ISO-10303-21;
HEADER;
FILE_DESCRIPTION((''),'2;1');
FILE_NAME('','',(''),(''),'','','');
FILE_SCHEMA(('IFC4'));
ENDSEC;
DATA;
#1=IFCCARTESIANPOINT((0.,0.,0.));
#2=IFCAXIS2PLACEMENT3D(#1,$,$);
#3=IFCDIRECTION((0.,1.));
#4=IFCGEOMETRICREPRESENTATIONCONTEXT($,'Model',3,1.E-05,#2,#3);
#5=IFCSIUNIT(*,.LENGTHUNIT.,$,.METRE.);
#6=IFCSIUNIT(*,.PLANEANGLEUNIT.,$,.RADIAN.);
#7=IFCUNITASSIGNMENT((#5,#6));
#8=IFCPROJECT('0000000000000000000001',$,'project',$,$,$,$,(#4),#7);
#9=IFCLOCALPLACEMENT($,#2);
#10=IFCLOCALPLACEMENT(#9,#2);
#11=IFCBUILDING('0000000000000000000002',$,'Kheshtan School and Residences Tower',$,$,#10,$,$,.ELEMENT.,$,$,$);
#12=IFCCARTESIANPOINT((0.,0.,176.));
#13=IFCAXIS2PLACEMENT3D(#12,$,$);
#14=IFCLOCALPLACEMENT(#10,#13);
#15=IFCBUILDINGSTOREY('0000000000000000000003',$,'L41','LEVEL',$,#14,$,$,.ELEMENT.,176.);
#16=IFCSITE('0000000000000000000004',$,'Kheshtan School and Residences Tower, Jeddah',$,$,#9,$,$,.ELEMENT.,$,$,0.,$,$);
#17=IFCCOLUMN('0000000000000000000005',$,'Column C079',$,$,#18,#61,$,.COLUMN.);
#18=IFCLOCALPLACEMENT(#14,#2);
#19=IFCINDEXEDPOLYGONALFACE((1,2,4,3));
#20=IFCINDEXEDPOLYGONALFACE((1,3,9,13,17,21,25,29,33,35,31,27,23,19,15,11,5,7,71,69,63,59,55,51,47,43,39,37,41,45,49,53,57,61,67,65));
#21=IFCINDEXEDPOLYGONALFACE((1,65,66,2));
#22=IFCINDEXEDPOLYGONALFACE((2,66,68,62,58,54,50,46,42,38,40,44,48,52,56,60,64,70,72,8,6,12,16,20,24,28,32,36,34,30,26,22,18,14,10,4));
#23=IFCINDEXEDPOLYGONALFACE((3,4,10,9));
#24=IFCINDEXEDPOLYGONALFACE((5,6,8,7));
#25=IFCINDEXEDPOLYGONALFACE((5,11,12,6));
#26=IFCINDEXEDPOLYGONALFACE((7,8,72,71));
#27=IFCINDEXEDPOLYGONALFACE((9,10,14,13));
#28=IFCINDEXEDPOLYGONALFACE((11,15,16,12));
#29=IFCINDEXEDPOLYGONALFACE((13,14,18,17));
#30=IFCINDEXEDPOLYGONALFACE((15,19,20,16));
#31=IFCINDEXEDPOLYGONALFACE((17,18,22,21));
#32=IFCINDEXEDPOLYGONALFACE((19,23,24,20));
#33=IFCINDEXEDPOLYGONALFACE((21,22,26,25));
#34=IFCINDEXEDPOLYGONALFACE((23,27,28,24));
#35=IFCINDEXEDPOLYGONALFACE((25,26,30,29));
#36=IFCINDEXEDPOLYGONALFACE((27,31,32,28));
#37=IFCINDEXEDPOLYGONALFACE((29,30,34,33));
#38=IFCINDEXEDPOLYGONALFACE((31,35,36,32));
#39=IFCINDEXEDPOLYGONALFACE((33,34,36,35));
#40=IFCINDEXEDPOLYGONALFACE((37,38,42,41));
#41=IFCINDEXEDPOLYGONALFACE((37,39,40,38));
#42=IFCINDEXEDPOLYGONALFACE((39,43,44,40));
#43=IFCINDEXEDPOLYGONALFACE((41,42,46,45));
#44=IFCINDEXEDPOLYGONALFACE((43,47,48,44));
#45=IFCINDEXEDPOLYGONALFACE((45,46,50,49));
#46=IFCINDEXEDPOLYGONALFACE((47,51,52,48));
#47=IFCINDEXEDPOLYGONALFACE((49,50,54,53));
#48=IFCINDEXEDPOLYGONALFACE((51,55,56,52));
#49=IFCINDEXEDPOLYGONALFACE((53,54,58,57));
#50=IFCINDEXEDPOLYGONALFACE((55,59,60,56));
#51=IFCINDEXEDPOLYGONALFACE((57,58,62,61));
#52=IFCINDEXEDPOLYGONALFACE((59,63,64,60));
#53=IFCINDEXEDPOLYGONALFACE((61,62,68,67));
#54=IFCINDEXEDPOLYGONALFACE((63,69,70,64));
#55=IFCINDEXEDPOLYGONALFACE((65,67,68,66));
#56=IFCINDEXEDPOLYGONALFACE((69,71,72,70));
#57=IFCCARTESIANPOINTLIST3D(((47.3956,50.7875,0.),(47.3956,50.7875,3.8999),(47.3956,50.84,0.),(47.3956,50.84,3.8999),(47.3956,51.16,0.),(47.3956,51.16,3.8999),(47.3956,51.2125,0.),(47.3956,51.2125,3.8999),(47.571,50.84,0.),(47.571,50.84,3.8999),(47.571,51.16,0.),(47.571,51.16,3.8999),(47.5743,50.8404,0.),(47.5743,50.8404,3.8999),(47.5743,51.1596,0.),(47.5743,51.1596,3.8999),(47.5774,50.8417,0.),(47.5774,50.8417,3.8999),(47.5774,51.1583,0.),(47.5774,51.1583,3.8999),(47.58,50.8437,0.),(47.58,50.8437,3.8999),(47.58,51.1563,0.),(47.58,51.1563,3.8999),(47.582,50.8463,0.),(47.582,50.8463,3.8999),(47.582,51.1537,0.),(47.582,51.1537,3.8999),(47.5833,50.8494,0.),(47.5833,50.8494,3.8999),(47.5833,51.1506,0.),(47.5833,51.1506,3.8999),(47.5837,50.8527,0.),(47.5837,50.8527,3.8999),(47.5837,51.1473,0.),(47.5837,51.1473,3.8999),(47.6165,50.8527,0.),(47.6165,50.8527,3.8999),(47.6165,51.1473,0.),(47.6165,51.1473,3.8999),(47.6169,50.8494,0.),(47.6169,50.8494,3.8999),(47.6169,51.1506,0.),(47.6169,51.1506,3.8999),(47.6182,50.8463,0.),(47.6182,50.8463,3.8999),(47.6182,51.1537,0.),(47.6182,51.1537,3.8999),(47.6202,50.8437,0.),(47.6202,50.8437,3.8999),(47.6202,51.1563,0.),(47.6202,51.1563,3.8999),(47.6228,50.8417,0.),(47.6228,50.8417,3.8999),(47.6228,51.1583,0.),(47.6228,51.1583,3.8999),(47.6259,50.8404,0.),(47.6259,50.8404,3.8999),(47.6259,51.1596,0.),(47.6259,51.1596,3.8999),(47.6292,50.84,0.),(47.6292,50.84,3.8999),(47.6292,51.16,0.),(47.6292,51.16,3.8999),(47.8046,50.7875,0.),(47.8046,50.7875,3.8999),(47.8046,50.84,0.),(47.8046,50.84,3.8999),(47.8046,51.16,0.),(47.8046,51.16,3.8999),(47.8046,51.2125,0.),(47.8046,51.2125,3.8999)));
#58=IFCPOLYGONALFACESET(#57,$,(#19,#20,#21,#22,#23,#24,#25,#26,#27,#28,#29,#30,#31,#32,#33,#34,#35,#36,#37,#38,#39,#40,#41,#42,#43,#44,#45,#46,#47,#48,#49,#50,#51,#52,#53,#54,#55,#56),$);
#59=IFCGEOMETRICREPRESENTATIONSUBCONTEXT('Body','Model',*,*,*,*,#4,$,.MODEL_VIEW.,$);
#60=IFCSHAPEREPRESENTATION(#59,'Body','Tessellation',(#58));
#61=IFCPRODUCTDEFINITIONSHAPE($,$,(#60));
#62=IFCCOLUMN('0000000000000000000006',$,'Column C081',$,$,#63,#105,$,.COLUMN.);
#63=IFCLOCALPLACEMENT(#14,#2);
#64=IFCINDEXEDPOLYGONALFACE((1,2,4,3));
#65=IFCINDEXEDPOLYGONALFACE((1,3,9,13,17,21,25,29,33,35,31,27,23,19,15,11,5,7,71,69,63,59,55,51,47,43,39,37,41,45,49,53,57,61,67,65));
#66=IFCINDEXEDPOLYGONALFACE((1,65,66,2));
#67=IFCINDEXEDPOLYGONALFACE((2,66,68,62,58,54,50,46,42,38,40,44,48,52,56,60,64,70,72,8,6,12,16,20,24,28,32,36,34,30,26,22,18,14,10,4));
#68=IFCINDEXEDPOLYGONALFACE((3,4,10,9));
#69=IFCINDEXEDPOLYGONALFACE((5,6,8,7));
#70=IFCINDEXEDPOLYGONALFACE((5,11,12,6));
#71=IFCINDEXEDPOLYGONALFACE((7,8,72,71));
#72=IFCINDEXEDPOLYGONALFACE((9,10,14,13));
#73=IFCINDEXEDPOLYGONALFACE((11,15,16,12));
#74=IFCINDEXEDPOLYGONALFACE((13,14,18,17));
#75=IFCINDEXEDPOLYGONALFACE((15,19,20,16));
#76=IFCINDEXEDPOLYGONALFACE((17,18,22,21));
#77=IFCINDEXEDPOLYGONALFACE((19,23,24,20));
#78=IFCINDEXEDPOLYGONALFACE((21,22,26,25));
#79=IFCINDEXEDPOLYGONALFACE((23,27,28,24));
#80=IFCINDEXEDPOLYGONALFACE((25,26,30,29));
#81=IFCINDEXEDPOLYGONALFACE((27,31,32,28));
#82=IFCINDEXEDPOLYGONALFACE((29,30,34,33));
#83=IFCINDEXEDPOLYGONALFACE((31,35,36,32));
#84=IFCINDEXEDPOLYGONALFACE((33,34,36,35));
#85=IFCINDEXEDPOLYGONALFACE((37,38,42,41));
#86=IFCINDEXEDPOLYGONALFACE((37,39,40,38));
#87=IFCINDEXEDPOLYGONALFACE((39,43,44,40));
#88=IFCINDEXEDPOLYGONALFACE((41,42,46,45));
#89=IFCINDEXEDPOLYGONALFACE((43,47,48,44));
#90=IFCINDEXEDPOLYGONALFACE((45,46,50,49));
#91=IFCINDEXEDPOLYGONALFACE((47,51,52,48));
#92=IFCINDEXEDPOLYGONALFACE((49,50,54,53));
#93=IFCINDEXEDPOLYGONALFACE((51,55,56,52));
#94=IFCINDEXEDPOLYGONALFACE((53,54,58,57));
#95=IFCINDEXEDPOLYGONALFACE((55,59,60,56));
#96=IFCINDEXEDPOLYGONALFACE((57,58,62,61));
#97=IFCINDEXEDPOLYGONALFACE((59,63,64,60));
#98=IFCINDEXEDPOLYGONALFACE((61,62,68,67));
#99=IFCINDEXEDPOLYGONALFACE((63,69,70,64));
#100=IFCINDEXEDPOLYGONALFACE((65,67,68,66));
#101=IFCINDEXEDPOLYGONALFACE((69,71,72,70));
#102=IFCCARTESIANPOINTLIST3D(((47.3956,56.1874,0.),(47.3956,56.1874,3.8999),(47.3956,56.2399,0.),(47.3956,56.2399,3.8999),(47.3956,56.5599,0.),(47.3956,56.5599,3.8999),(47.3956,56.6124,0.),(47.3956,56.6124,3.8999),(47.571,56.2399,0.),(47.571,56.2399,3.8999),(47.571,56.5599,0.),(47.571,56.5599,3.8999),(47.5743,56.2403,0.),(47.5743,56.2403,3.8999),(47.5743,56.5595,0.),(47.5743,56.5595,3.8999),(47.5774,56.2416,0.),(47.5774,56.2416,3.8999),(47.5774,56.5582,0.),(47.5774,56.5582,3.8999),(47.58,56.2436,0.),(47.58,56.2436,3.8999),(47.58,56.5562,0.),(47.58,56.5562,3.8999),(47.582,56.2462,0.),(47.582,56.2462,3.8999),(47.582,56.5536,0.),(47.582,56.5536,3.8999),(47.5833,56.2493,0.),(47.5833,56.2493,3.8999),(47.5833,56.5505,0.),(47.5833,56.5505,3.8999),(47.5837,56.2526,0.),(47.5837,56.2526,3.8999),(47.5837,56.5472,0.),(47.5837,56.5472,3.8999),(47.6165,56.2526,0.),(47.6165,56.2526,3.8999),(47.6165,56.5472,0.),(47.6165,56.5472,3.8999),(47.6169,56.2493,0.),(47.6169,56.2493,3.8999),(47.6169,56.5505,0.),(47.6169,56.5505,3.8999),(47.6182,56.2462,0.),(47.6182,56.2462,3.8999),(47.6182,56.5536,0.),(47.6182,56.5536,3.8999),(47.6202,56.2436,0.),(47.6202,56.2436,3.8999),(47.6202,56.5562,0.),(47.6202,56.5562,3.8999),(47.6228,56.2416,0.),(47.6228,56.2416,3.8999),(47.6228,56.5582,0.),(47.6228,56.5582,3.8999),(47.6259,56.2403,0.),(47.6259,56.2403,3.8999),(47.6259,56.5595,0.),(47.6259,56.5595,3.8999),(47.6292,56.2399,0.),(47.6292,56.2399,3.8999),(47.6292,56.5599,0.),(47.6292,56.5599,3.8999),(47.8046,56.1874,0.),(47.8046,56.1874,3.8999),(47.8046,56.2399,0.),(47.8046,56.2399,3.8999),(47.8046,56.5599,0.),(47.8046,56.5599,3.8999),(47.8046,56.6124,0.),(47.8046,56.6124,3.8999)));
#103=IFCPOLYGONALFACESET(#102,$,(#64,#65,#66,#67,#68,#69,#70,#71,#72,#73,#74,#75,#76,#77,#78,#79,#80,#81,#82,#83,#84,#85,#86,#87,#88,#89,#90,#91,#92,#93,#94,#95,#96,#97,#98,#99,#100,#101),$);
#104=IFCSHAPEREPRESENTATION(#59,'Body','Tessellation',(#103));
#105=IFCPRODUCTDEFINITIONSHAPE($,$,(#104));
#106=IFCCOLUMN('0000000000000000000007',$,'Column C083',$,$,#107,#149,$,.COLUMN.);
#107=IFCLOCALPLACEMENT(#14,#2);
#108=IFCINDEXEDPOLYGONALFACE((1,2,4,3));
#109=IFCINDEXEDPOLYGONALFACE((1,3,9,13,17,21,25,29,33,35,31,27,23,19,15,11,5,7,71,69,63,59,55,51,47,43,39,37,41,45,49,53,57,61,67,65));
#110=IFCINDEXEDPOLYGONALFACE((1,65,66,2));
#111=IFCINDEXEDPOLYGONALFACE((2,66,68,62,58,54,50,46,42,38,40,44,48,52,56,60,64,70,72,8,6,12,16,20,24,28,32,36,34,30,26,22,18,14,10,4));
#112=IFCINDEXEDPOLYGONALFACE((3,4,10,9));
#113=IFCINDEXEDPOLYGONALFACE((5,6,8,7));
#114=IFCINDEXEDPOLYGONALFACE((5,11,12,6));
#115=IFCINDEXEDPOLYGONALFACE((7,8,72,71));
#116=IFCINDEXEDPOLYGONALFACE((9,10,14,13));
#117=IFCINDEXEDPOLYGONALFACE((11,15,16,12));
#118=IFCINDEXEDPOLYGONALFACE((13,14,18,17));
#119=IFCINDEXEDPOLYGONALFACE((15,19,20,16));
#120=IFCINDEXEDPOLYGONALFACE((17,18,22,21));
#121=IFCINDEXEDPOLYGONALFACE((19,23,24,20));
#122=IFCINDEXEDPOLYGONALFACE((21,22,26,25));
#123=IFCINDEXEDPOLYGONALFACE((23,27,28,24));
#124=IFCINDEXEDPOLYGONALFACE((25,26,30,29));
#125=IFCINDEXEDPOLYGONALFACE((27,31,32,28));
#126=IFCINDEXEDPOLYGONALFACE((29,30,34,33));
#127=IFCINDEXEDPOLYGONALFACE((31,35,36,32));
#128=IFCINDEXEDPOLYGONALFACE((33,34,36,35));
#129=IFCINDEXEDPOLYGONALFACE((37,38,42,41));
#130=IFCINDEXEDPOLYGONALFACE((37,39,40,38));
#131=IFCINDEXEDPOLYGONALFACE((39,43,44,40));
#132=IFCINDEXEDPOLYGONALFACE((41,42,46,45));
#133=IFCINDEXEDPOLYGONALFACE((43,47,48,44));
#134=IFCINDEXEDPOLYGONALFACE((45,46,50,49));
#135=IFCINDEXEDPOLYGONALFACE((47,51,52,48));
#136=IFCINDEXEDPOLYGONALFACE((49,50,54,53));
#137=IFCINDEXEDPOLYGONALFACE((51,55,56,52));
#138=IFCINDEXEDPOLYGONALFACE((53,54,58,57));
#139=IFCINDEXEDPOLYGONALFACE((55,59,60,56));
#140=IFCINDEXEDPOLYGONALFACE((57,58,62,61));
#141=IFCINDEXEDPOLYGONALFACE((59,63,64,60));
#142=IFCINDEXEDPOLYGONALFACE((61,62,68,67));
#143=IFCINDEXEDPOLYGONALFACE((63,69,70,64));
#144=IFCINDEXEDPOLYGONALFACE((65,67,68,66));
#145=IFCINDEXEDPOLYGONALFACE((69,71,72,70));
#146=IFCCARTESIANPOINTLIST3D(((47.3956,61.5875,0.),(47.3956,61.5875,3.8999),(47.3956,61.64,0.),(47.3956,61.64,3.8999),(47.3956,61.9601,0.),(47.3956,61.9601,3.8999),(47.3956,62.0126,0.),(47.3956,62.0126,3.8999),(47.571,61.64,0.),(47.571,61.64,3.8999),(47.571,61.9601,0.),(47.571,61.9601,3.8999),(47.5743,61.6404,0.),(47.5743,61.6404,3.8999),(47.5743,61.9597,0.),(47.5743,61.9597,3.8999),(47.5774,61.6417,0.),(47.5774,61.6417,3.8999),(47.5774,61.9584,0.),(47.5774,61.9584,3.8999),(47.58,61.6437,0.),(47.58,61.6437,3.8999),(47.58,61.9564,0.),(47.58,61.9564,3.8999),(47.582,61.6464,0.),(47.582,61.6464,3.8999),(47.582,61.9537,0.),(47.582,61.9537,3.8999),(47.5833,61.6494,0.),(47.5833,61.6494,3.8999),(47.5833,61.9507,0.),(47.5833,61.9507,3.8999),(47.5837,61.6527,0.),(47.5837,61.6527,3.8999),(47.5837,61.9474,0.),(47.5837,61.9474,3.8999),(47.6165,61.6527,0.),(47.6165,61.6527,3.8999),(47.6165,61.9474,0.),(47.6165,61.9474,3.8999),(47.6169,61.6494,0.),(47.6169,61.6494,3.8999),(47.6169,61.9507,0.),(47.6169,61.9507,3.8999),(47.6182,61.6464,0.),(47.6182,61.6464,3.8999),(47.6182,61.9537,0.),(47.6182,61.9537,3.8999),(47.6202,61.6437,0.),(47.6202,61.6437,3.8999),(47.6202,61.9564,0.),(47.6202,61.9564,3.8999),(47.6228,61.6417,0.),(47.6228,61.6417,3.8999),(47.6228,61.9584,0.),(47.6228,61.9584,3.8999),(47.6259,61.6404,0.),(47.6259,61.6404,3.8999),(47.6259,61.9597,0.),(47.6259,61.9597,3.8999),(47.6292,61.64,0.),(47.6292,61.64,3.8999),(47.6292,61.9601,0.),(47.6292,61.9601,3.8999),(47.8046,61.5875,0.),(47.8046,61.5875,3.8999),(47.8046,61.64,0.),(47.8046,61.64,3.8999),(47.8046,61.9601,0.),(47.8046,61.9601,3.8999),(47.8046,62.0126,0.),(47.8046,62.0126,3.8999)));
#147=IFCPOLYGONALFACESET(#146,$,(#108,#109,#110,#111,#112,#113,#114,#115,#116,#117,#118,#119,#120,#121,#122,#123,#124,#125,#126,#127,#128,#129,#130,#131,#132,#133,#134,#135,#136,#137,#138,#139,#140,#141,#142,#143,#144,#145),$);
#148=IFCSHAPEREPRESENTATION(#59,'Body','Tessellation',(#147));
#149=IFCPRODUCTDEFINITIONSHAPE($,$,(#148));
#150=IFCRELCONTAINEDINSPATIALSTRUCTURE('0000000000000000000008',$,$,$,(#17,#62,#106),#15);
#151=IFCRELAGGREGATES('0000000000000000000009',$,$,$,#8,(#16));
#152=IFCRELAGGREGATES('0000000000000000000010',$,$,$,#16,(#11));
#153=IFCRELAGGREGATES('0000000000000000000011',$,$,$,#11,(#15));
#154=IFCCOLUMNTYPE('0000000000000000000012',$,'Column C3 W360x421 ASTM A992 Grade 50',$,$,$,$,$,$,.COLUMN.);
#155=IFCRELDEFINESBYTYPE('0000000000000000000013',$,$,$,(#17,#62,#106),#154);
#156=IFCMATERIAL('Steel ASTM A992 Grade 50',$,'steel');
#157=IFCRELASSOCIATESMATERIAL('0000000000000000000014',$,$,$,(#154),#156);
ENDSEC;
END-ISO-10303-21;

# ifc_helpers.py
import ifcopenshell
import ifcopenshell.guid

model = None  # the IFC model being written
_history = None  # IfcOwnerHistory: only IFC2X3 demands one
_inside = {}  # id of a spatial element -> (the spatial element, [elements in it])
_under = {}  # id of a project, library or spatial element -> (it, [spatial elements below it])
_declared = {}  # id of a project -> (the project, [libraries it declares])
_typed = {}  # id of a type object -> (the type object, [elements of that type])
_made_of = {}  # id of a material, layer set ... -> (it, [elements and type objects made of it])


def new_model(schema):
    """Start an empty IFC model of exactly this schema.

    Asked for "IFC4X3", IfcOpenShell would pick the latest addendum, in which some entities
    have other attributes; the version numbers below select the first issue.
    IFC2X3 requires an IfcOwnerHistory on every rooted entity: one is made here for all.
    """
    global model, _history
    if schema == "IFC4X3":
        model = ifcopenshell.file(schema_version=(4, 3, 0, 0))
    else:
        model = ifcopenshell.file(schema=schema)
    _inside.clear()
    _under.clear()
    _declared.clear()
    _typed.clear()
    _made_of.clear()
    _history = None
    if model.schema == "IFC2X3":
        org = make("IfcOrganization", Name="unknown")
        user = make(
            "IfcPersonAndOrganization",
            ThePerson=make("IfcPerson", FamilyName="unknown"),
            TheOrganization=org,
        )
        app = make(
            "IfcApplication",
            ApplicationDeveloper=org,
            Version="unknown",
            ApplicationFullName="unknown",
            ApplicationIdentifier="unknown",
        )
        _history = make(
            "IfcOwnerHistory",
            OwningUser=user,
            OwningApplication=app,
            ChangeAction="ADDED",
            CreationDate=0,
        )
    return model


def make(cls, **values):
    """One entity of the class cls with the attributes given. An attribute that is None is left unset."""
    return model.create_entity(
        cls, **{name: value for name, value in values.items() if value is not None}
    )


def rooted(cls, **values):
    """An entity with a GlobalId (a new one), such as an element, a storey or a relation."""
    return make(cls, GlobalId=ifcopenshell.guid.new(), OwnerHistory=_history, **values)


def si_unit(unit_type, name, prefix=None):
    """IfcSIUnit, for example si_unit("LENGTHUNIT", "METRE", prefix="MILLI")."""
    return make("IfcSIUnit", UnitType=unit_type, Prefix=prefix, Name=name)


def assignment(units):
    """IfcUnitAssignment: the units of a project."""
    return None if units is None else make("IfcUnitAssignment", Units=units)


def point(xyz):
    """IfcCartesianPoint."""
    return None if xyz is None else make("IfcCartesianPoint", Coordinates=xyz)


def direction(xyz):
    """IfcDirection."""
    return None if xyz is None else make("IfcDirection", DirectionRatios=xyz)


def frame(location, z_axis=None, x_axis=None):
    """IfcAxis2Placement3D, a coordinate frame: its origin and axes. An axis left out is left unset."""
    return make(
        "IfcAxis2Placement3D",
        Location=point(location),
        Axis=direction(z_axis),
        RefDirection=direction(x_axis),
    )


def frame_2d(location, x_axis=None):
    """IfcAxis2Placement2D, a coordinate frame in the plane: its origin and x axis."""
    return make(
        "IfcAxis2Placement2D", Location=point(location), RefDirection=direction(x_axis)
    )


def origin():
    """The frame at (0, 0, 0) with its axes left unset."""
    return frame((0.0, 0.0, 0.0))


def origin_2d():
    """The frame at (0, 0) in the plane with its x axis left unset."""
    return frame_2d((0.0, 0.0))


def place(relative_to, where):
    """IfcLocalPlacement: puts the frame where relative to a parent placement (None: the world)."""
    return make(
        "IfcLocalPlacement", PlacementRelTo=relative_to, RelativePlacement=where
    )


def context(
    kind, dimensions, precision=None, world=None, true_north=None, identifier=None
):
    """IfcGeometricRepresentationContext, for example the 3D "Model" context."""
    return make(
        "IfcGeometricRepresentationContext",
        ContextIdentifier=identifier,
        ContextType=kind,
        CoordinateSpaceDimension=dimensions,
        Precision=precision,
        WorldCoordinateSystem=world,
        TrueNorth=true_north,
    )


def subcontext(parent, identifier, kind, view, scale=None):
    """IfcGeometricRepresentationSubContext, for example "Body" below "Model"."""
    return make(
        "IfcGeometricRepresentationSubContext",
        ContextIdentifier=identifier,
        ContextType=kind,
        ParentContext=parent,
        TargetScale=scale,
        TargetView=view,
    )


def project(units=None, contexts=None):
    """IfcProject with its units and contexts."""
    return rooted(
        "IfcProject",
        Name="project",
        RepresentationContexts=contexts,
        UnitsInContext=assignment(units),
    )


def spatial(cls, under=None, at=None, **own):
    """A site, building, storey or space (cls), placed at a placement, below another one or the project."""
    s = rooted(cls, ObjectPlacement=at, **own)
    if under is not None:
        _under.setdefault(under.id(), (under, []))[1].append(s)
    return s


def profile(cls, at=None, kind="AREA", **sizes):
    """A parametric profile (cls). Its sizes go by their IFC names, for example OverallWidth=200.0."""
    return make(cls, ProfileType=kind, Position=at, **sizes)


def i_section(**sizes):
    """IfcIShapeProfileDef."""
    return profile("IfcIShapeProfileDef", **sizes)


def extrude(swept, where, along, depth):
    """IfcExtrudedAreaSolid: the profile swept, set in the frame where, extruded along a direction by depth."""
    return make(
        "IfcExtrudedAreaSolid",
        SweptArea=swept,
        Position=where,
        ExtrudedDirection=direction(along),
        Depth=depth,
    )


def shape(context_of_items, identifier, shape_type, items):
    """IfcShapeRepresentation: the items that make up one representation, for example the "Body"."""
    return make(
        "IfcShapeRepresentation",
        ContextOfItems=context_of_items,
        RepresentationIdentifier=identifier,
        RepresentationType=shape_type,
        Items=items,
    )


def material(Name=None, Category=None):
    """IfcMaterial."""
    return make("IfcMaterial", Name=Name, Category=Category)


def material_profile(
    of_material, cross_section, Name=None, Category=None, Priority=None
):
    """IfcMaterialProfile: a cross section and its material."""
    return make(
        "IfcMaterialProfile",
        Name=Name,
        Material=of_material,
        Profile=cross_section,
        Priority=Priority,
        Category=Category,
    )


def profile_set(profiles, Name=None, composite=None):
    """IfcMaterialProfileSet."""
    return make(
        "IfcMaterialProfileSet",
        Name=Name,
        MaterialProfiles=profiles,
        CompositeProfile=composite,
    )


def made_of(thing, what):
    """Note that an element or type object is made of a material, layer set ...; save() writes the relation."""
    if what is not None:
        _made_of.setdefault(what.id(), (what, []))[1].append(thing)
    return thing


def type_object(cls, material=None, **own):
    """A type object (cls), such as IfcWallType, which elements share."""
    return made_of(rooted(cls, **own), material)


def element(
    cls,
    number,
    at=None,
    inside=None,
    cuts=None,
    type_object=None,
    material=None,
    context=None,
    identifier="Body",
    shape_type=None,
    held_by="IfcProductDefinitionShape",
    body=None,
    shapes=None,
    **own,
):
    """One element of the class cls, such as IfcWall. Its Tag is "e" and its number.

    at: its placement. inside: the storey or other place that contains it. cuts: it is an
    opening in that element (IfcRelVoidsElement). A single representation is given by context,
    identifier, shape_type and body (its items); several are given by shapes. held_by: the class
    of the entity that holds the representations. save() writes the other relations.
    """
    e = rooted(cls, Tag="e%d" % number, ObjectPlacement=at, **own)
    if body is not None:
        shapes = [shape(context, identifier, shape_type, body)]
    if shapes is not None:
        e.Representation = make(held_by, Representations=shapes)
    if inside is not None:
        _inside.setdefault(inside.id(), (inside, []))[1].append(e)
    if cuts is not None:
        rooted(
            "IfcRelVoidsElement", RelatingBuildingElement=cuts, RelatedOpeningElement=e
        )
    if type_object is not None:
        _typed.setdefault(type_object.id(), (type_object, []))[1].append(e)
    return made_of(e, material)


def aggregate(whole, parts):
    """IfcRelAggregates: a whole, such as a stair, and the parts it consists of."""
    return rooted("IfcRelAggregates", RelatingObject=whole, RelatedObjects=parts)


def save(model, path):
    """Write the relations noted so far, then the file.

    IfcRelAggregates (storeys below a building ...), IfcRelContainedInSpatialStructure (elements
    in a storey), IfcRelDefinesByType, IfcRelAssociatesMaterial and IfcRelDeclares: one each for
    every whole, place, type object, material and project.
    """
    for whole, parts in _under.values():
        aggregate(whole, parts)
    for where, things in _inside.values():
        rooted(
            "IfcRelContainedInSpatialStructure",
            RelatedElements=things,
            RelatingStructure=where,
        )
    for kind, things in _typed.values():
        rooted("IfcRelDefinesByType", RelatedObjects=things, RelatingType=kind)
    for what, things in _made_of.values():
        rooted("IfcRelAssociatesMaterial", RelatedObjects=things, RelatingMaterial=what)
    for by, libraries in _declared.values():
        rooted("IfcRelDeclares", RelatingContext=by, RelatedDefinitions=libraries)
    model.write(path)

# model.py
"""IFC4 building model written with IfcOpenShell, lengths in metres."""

from ifc_helpers import new_model, si_unit, direction, frame, origin, origin_2d, place, context, subcontext, project, spatial, i_section, extrude, material, material_profile, profile_set, type_object, element, save


model = new_model("IFC4")

# Units and contexts
model_context = context("Model", 3, precision=1e-05, world=origin(), true_north=direction((0.0, 1.0)))
body_context = subcontext(model_context, "Body", "Model", "MODEL_VIEW")
ifc_project = project(units=[si_unit("LENGTHUNIT", "METRE"), si_unit("PLANEANGLEUNIT", "RADIAN")], contexts=[model_context])

# Site, building, storey
site_placement = place(None, origin())
site = spatial("IfcSite", under=ifc_project, at=site_placement, Name="Kheshtan School and Residences Tower, Jeddah", CompositionType="ELEMENT", RefElevation=0.0)
building_placement = place(site_placement, origin())
building = spatial("IfcBuilding", under=site, at=building_placement, Name="Kheshtan School and Residences Tower", CompositionType="ELEMENT")
storey_placement = place(building_placement, frame((0.0, 0.0, 176.0)))
storey = spatial("IfcBuildingStorey", under=building, at=storey_placement, Name="L41", Description="LEVEL", CompositionType="ELEMENT", Elevation=176.0)

# Columns
ifc_material_1 = material(Name="Steel ASTM A992 Grade 50", Category="steel")
ifc_material_profile_1 = material_profile(ifc_material_1, i_section(OverallWidth=0.4089, OverallDepth=0.425, WebThickness=0.0327, FlangeThickness=0.0525, FilletRadius=0.0127, at=origin_2d()), Name="W360x421")
ifc_profile_set_1 = profile_set([ifc_material_profile_1], Name="Steel ASTM A992 Grade 50")
column_type_1 = type_object("IfcColumnType", Name="Column C3 W360x421 ASTM A992 Grade 50", PredefinedType="COLUMN", material=ifc_profile_set_1)
for number, where, z_axis, x_axis, name in (
    (1, (47.6001, 51.0, 0.0), (0.0, 0.0, 1.0), (1.0, 0.0, 0.0), "Column C079"),
    (2, (47.6001, 56.3999, 0.0), (0.0, 0.0, 1.0), (1.0, 0.0, 0.0), "Column C081"),
    (3, (47.6001, 61.8, 0.0), (0.0, 0.0, 1.0), (1.0, 0.0, 0.0), "Column C083"),
):
    element("IfcColumn", number, at=place(storey_placement, frame(where, z_axis=z_axis, x_axis=x_axis)), inside=storey, type_object=column_type_1, Name=name, PredefinedType="COLUMN", context=body_context, shape_type="SweptSolid", body=[
        extrude(i_section(OverallWidth=0.4089, OverallDepth=0.425, WebThickness=0.0327, FlangeThickness=0.0525, FilletRadius=0.0127, at=origin_2d()), origin(), (0.0, 0.0, 1.0), 3.8999),
    ])

save(model, "model.ifc")
